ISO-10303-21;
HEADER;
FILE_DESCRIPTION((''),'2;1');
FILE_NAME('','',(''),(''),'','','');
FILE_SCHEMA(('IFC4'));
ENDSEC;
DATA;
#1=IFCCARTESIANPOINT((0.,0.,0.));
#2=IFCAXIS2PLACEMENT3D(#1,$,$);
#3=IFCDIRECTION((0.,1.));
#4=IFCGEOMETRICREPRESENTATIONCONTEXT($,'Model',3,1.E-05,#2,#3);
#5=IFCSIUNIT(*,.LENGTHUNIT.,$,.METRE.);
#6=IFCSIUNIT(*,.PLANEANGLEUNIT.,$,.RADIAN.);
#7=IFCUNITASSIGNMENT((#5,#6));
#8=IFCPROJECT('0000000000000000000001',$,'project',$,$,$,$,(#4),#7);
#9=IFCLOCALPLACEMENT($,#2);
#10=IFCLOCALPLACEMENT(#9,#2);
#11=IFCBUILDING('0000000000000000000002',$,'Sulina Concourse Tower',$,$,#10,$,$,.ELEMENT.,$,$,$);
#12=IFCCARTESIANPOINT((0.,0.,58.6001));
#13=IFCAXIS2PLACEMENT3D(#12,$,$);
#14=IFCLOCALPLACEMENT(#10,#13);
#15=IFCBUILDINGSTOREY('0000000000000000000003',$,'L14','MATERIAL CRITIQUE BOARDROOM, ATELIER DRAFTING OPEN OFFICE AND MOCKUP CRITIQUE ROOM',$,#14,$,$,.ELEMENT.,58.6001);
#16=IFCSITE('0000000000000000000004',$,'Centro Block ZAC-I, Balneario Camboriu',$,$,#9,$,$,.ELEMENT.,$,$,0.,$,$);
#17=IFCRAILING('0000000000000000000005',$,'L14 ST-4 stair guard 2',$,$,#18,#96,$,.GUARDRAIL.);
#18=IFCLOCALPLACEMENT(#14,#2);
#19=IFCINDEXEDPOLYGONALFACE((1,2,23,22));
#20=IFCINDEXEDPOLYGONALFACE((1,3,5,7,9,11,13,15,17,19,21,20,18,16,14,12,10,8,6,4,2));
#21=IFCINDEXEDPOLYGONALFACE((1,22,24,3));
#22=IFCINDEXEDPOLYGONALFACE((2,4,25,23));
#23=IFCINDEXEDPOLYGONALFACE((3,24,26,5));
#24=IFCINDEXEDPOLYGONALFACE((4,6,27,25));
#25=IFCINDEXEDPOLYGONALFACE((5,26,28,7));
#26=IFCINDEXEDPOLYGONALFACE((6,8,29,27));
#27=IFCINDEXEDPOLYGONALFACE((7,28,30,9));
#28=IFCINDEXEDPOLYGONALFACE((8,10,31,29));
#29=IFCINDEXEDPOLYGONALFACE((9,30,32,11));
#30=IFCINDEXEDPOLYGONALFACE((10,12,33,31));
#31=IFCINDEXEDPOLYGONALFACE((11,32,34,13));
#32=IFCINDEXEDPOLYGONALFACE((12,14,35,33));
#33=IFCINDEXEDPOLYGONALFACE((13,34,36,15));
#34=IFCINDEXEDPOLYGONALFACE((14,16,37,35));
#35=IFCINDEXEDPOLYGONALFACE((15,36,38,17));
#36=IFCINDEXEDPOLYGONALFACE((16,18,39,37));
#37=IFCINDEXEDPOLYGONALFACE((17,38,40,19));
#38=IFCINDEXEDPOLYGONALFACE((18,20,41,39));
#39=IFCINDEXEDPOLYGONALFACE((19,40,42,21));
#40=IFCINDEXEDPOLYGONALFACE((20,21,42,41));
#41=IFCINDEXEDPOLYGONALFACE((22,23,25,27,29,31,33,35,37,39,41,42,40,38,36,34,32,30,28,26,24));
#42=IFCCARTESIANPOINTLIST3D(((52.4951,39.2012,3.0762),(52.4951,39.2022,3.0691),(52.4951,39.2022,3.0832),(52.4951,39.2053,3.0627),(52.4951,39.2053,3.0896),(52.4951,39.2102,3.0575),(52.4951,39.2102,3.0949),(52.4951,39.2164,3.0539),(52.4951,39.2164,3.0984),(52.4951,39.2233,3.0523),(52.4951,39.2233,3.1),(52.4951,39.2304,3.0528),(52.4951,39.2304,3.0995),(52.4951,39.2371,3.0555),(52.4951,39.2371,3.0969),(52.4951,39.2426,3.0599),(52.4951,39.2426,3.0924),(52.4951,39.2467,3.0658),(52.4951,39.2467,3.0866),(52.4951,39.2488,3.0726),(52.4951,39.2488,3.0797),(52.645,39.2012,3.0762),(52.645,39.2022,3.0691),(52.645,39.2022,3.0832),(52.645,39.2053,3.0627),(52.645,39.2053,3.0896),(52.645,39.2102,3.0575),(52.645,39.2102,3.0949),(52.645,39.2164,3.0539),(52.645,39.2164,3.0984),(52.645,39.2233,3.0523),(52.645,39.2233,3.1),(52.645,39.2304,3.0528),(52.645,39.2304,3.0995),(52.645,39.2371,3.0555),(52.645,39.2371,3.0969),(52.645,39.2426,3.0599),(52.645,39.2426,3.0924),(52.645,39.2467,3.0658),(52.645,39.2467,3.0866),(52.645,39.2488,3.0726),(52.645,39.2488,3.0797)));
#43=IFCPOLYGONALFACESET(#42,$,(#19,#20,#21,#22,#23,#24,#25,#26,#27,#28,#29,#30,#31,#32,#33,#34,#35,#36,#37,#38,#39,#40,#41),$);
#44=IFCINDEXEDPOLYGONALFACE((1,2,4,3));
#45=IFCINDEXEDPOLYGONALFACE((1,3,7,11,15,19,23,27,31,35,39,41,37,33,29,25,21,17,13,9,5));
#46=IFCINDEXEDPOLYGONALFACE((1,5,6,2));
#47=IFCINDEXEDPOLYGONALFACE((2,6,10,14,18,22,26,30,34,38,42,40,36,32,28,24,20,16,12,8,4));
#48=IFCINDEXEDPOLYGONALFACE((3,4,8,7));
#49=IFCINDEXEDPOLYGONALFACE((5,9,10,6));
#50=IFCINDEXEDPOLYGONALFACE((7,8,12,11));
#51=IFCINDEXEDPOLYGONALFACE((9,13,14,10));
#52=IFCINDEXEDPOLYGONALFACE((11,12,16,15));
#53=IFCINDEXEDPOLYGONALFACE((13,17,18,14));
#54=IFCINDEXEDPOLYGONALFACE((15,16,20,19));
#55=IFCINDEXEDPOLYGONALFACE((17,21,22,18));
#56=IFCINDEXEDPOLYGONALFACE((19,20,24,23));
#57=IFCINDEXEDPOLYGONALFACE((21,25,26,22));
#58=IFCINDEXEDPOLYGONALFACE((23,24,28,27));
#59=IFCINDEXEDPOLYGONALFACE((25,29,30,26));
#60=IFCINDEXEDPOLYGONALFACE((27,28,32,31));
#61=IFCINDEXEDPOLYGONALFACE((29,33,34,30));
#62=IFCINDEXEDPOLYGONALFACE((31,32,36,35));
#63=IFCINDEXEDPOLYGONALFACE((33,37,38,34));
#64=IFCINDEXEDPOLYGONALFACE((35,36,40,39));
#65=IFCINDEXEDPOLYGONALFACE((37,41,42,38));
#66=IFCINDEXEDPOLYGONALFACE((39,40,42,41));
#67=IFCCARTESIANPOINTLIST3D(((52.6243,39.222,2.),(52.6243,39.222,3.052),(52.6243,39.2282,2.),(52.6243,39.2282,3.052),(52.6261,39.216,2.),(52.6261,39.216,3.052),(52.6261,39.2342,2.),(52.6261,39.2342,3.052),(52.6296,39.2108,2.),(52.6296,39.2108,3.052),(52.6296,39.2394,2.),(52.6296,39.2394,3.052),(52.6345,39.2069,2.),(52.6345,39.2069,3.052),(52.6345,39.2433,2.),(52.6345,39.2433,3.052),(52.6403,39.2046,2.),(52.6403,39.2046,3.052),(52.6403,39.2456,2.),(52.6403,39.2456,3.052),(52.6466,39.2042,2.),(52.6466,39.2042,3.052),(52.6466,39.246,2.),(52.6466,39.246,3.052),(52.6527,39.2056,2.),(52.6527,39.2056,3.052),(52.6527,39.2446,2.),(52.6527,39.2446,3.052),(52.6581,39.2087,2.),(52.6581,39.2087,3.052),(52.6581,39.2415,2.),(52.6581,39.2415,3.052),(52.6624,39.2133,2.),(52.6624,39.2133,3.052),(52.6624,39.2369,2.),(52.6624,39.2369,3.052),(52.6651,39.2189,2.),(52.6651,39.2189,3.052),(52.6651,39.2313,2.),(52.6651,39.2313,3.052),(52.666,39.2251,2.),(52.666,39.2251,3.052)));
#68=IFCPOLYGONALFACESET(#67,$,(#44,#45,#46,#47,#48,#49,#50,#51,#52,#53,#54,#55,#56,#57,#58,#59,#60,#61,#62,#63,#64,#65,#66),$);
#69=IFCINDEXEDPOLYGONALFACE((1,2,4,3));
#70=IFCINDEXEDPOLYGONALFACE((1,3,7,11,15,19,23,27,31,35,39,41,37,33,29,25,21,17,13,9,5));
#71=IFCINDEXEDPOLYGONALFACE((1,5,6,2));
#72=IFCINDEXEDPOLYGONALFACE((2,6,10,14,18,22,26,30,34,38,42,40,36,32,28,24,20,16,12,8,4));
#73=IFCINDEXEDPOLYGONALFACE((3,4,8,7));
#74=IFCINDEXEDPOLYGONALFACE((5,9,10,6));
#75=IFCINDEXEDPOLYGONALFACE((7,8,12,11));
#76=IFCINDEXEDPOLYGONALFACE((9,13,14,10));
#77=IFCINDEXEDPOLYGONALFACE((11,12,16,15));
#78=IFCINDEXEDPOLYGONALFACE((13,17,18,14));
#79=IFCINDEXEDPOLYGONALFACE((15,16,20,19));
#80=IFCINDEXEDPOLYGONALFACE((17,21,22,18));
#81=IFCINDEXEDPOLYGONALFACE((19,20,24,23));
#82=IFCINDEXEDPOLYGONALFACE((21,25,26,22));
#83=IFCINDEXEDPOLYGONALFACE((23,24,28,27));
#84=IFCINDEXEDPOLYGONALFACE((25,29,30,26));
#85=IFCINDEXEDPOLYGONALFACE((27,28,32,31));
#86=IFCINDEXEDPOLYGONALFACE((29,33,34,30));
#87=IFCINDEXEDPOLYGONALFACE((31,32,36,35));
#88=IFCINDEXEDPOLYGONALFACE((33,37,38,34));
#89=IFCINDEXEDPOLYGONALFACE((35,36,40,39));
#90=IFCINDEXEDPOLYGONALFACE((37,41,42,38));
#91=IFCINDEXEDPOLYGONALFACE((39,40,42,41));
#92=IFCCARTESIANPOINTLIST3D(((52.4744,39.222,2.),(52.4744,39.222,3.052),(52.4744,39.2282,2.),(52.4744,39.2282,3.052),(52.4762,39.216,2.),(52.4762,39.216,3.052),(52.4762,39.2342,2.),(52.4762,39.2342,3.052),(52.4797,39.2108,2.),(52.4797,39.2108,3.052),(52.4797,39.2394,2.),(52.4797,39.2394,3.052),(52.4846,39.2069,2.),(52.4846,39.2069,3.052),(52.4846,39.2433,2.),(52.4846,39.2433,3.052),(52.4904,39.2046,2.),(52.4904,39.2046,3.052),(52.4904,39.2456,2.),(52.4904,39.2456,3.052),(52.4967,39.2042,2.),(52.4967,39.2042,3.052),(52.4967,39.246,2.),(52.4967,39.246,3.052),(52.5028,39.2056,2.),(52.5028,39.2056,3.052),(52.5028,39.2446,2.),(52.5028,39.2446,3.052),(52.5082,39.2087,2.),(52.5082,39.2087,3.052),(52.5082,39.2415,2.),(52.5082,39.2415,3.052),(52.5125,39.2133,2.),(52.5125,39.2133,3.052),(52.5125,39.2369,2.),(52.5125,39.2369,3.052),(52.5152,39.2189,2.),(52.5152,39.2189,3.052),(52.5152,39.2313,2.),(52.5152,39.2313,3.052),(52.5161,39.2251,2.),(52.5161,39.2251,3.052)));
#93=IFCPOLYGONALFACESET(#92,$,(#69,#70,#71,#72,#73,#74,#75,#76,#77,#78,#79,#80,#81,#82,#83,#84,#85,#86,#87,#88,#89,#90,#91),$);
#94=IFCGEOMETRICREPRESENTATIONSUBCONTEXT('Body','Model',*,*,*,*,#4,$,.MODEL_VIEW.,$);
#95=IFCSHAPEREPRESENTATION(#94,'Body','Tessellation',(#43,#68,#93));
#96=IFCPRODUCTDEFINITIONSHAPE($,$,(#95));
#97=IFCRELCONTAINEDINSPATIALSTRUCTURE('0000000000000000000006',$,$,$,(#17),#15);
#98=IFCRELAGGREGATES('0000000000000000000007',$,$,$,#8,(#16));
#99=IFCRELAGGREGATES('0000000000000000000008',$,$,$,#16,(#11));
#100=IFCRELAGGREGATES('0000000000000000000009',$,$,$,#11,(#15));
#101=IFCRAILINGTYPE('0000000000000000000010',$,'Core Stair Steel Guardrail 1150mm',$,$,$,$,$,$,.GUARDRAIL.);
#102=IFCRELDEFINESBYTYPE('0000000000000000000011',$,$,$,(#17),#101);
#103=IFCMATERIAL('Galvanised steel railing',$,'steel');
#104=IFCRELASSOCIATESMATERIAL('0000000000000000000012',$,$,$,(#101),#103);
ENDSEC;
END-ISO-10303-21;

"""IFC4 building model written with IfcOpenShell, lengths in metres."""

from ifc_helpers import new_model, si_unit, direction, frame, origin, origin_2d, place, context, subcontext, project, spatial, circle, extrude, material, type_object, element, save


model = new_model("IFC4")

# Units and contexts
model_context = context("Model", 3, precision=1e-05, world=origin(), true_north=direction((0.0, 1.0)))
body_context = subcontext(model_context, "Body", "Model", "MODEL_VIEW")
ifc_project = project(units=[si_unit("LENGTHUNIT", "METRE"), si_unit("PLANEANGLEUNIT", "RADIAN")], contexts=[model_context])

# Site, building, storey
site_placement = place(None, origin())
site = spatial("IfcSite", under=ifc_project, at=site_placement, Name="Centro Block ZAC-I, Balneario Camboriu", CompositionType="ELEMENT", RefElevation=0.0)
building_placement = place(site_placement, origin())
building = spatial("IfcBuilding", under=site, at=building_placement, Name="Sulina Concourse Tower", CompositionType="ELEMENT")
storey_placement = place(building_placement, frame((0.0, 0.0, 58.6001)))
storey = spatial("IfcBuildingStorey", under=building, at=storey_placement, Name="L14", Description="MATERIAL CRITIQUE BOARDROOM, ATELIER DRAFTING OPEN OFFICE AND MOCKUP CRITIQUE ROOM", CompositionType="ELEMENT", Elevation=58.6001)

# Railing
ifc_material_1 = material(Name="Galvanised steel railing", Category="steel")
railing_type_1 = type_object("IfcRailingType", Name="Core Stair Steel Guardrail 1150mm", PredefinedType="GUARDRAIL", material=ifc_material_1)
railing_1_placement = place(storey_placement, frame((52.645, 39.2251, 2.0)))
element("IfcRailing", 1, at=railing_1_placement, inside=storey, type_object=railing_type_1, Name="L14 ST-4 stair guard 2", PredefinedType="GUARDRAIL", context=body_context, shape_type="SweptSolid", body=[
    extrude(circle(Radius=0.0239, at=origin_2d()), frame((0.0, 0.0, 1.0762), z_axis=(-1.0, 0.0, 0.0), x_axis=(0.0, -1.0, 0.0)), (0.0, 0.0, 1.0), 0.1499),
    extrude(circle(Radius=0.021, at=origin_2d()), origin(), (0.0, 0.0, 1.0), 1.052),
    extrude(circle(Radius=0.021, at=origin_2d()), frame((-0.1499, 0.0, 0.0)), (0.0, 0.0, 1.0), 1.052),
])

save(model, "model.ifc")
